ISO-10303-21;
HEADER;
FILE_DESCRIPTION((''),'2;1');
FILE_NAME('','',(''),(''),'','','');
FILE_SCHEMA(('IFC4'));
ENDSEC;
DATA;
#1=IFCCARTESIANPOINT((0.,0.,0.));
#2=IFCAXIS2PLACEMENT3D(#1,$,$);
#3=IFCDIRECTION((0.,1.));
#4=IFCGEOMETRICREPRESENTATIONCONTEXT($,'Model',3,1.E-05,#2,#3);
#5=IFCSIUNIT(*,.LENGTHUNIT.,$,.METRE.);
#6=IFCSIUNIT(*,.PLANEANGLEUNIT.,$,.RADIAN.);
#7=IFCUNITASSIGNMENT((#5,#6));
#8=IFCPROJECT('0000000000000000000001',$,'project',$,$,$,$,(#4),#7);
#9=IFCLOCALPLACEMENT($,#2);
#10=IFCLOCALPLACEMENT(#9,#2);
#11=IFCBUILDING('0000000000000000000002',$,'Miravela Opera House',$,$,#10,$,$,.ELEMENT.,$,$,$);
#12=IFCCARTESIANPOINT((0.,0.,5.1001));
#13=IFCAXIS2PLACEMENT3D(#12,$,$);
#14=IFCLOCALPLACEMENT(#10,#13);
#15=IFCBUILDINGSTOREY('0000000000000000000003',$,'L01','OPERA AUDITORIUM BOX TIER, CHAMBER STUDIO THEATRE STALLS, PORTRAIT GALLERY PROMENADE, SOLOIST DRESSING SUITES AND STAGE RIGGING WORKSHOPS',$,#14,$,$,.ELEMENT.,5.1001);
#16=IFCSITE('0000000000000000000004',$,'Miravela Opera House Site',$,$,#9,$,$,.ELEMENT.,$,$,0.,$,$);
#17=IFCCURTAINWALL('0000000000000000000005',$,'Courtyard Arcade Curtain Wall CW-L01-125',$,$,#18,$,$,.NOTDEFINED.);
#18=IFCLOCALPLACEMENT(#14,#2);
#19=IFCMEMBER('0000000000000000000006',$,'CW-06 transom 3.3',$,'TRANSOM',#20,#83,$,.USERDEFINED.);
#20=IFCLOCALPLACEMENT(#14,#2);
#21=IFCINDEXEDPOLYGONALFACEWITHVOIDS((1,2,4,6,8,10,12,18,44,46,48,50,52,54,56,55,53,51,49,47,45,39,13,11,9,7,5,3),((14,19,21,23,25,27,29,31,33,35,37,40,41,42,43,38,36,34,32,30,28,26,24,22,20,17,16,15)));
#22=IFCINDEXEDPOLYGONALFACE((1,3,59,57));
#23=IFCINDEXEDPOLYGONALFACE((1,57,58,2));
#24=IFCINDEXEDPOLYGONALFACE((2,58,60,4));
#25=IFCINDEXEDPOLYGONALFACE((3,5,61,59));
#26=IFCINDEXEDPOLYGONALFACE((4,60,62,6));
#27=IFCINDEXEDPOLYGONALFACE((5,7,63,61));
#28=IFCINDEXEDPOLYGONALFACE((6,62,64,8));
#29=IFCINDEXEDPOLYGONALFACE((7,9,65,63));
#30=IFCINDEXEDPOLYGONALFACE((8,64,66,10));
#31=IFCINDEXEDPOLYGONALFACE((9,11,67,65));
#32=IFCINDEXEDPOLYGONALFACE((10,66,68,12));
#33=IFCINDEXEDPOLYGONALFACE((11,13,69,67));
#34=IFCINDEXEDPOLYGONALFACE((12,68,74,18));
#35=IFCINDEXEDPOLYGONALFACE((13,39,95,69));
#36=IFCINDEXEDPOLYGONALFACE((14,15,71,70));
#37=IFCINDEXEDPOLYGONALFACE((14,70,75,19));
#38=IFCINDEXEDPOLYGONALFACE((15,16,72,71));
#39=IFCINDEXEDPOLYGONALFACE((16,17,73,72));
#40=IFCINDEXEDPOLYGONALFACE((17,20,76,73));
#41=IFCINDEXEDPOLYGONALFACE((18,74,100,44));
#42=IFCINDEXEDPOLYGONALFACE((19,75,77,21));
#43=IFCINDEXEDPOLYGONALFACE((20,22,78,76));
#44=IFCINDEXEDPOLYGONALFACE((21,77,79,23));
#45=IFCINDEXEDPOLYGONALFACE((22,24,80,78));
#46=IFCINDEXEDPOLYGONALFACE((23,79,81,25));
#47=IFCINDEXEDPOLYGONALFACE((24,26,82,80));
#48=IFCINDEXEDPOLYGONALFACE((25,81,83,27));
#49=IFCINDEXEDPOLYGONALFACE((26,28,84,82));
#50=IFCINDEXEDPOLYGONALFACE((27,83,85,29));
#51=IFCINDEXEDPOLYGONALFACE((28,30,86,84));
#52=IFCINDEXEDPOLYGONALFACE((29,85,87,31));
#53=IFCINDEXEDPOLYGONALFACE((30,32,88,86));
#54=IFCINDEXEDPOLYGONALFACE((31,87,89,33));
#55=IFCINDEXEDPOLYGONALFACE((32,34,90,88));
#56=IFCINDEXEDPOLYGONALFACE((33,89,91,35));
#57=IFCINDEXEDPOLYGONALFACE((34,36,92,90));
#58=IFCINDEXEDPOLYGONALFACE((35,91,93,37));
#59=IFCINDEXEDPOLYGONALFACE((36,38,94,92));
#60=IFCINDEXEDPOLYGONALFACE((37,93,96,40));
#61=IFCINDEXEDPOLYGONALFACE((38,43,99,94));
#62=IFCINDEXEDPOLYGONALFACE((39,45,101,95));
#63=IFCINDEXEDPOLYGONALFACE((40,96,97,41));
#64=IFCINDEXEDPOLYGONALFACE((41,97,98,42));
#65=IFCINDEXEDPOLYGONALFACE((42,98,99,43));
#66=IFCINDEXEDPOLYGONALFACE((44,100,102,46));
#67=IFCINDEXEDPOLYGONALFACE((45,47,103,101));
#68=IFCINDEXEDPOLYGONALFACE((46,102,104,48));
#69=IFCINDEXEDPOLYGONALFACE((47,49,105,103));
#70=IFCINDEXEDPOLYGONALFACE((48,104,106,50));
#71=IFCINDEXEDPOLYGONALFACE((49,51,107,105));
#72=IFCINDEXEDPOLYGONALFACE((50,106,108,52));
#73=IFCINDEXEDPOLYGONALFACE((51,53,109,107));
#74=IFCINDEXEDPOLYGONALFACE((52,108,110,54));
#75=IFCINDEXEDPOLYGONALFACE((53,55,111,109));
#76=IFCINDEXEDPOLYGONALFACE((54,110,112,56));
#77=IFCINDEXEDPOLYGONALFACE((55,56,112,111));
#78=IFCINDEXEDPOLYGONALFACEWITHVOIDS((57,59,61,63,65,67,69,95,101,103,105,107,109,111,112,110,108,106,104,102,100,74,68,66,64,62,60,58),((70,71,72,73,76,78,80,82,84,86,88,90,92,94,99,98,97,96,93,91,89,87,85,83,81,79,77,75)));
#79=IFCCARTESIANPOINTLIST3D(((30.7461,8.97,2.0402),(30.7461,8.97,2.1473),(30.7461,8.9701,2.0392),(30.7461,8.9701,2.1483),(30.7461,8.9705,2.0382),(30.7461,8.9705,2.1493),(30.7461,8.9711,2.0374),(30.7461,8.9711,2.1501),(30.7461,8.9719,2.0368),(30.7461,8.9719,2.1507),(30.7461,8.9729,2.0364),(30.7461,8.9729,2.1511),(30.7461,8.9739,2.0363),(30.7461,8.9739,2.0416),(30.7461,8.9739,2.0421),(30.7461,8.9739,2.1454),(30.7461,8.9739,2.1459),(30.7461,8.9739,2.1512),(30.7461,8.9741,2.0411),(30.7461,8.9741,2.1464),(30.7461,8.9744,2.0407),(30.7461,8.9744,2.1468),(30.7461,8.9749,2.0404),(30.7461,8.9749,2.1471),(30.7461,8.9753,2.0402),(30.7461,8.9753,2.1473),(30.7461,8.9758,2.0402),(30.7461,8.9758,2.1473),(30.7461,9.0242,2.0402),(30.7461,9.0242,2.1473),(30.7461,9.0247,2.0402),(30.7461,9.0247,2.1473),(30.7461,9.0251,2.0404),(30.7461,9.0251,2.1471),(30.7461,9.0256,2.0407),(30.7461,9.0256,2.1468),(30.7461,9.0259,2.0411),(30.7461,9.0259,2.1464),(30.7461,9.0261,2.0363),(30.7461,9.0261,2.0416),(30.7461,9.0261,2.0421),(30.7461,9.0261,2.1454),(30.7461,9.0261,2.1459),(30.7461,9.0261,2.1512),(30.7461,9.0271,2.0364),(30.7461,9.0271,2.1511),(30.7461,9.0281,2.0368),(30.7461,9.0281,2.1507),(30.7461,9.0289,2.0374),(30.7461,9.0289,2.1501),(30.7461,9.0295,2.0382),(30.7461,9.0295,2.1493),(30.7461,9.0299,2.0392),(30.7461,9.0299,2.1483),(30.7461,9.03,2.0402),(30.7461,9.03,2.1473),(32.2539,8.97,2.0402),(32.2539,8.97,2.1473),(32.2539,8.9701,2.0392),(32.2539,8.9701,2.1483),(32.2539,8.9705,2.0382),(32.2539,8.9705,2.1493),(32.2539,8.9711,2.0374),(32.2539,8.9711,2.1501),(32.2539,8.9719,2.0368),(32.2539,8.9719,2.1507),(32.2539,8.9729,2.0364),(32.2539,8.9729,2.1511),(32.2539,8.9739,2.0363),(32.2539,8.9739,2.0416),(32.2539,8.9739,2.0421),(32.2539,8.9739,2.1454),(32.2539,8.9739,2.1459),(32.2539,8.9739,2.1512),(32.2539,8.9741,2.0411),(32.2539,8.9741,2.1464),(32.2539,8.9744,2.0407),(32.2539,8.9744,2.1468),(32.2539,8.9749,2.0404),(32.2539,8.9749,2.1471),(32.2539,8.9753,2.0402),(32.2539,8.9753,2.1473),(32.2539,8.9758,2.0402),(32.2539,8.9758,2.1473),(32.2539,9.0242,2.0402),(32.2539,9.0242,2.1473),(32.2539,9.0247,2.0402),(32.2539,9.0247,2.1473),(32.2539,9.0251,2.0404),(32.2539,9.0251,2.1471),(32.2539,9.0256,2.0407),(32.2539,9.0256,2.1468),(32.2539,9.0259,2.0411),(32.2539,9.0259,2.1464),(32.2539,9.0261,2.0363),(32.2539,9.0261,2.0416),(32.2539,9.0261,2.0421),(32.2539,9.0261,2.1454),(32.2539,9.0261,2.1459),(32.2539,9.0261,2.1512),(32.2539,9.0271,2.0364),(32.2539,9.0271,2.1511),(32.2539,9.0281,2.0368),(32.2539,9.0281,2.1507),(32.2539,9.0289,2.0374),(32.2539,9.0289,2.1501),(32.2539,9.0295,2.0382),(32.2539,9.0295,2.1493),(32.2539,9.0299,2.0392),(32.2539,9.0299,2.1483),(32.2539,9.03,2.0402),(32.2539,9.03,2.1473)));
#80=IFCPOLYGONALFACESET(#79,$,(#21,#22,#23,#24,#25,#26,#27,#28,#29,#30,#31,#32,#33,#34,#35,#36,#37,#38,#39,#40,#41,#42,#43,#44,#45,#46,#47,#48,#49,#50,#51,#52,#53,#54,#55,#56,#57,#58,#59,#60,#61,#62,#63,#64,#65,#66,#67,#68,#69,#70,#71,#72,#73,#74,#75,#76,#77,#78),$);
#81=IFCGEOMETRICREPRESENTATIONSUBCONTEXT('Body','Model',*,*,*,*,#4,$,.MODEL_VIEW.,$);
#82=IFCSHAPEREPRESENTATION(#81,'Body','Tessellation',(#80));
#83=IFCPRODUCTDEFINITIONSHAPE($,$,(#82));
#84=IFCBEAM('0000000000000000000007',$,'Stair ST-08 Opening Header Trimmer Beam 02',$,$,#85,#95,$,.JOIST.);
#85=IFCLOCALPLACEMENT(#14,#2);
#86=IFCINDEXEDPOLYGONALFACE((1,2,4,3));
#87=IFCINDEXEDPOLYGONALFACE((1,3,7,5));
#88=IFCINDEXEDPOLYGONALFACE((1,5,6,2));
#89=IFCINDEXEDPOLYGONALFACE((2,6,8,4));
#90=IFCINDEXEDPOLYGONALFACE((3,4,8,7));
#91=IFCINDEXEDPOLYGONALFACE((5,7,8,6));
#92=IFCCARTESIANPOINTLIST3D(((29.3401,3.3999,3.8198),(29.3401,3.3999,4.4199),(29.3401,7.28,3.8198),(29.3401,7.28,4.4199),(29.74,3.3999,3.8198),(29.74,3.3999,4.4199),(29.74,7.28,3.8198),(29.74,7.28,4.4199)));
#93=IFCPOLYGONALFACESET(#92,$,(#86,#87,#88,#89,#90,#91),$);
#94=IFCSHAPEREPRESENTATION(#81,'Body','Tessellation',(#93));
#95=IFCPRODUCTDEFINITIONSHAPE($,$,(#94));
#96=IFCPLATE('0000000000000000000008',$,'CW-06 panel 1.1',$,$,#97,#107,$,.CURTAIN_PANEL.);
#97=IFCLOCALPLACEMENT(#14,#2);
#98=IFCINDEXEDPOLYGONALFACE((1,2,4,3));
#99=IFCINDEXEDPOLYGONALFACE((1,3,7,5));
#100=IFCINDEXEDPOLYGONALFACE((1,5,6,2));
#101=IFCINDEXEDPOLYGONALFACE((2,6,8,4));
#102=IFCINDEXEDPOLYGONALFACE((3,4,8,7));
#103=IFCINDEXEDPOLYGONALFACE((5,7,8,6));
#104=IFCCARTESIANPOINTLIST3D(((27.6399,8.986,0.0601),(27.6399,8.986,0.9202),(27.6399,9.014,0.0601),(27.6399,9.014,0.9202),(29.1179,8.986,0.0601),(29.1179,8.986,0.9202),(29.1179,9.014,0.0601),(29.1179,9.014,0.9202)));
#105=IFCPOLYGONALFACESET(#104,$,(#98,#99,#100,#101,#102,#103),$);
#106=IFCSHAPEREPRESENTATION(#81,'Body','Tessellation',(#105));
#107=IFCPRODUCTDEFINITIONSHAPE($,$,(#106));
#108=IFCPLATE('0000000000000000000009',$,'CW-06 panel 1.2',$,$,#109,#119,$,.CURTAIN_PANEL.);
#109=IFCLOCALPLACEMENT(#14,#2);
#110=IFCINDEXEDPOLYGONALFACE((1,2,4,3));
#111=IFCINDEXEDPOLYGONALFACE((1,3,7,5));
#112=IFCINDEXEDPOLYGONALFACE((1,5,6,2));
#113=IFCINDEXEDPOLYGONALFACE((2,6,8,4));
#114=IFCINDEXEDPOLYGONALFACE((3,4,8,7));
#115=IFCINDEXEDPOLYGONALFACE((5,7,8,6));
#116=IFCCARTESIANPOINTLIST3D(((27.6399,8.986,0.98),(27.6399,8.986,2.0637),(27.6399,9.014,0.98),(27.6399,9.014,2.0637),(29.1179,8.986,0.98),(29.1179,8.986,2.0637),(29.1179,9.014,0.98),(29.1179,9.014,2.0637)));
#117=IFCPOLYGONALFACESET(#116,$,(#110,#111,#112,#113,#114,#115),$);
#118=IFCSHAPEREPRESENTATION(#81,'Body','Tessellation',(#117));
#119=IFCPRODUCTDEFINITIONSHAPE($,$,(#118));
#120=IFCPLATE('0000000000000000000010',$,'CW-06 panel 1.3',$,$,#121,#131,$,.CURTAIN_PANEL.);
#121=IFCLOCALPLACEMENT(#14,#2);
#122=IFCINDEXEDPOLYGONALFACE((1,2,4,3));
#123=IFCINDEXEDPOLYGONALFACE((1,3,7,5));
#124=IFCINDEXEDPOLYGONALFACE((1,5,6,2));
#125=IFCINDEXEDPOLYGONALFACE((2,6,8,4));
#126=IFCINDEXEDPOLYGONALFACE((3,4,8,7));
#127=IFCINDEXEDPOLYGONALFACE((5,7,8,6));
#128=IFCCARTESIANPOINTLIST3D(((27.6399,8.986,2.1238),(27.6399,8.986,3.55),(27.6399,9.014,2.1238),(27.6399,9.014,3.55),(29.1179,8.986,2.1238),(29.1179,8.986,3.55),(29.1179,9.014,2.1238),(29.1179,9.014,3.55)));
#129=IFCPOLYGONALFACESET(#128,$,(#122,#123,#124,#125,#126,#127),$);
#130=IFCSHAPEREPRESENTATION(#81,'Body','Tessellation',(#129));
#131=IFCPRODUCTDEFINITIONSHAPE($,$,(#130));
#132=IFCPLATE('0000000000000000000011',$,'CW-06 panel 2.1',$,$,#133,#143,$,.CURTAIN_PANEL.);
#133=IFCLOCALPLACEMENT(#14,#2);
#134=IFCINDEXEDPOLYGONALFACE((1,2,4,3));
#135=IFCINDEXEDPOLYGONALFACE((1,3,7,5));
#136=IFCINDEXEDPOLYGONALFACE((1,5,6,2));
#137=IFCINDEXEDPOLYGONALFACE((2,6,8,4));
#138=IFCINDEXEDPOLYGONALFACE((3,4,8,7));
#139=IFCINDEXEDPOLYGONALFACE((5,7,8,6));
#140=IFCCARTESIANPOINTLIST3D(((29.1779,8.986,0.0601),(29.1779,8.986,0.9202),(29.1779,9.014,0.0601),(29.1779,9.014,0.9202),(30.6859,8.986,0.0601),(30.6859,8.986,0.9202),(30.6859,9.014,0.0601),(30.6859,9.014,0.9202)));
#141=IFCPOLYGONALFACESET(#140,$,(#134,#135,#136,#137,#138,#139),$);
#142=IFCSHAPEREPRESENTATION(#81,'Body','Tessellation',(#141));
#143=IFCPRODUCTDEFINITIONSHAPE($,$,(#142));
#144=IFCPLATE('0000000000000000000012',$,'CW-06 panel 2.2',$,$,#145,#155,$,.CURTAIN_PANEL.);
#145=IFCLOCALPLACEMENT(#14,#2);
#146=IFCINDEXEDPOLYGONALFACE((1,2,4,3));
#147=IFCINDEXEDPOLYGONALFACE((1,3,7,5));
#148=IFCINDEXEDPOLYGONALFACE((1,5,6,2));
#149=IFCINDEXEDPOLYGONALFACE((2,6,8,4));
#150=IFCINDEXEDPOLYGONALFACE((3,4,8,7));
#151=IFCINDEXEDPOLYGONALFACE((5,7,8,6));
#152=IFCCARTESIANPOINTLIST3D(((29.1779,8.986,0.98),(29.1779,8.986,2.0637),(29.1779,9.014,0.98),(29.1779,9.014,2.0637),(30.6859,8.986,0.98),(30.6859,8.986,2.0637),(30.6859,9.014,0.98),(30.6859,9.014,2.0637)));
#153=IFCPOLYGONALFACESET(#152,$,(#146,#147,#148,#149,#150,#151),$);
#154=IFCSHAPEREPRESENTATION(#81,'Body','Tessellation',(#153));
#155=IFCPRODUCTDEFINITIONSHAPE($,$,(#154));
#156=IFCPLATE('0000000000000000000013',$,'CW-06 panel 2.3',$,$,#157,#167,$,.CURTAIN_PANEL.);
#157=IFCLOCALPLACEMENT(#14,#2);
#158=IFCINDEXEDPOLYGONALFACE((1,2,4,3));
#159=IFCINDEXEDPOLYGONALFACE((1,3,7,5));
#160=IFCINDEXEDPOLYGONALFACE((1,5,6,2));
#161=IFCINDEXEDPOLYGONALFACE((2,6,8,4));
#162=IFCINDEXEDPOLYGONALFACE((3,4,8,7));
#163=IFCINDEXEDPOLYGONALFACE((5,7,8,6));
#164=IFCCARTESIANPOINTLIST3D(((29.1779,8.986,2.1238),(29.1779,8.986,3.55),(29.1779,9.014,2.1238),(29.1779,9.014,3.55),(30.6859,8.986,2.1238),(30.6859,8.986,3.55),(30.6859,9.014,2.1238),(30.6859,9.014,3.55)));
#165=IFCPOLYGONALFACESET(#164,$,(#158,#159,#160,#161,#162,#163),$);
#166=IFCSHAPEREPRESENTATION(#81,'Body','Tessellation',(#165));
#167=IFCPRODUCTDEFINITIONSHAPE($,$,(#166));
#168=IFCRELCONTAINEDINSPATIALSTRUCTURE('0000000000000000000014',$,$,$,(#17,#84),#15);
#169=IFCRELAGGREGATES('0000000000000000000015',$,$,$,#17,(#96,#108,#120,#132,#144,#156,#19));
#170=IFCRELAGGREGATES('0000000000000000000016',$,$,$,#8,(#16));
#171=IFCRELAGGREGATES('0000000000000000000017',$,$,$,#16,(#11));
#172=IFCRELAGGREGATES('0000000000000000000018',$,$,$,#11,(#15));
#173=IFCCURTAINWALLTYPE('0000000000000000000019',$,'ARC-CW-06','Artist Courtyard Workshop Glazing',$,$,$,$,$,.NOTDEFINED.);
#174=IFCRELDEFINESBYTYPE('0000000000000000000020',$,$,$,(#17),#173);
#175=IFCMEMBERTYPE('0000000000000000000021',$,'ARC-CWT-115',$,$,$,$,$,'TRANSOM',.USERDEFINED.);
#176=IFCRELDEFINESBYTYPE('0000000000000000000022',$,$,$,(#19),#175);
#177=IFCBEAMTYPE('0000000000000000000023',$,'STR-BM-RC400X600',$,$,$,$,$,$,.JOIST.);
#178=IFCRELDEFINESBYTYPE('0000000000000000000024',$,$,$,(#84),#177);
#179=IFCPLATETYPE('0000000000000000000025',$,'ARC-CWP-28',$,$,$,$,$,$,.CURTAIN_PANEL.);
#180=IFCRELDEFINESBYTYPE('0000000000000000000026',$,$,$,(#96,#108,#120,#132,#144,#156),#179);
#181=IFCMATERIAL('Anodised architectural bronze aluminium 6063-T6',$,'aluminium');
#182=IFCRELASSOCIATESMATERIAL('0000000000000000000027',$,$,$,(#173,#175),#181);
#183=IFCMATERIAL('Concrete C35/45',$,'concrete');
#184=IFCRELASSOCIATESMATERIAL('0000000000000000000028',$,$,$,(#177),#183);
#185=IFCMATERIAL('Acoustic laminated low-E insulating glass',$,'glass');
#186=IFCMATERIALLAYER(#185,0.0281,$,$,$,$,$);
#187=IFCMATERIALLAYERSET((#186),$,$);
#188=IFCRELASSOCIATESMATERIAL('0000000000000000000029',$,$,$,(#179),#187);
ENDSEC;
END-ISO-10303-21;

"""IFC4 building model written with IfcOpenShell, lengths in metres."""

from ifc_helpers import new_model, si_unit, direction, frame, origin, origin_2d, place, context, subcontext, project, spatial, rectangle, hollow_rectangle, extrude, material, layer, layer_set, material_profile, profile_set, type_object, element, aggregate, save


model = new_model("IFC4")

# Units and contexts
model_context = context("Model", 3, precision=1e-05, world=origin(), true_north=direction((0.0, 1.0)))
body_context = subcontext(model_context, "Body", "Model", "MODEL_VIEW")
ifc_project = project(units=[si_unit("LENGTHUNIT", "METRE"), si_unit("PLANEANGLEUNIT", "RADIAN")], contexts=[model_context])

# Site, building, storey
site_placement = place(None, origin())
site = spatial("IfcSite", under=ifc_project, at=site_placement, Name="Miravela Opera House Site", CompositionType="ELEMENT", RefElevation=0.0)
building_placement = place(site_placement, origin())
building = spatial("IfcBuilding", under=site, at=building_placement, Name="Miravela Opera House", CompositionType="ELEMENT")
storey_placement = place(building_placement, frame((0.0, 0.0, 5.1001)))
storey = spatial("IfcBuildingStorey", under=building, at=storey_placement, Name="L01", Description="OPERA AUDITORIUM BOX TIER, CHAMBER STUDIO THEATRE STALLS, PORTRAIT GALLERY PROMENADE, SOLOIST DRESSING SUITES AND STAGE RIGGING WORKSHOPS", CompositionType="ELEMENT", Elevation=5.1001)

# Curtain wall, member
ifc_material_1 = material(Name="Anodised architectural bronze aluminium 6063-T6", Category="aluminium")
curtain_wall_type = type_object("IfcCurtainWallType", Name="ARC-CW-06", Description="Artist Courtyard Workshop Glazing", PredefinedType="NOTDEFINED", material=ifc_material_1)
curtain_wall_placement = place(storey_placement, origin())
curtain_wall = element("IfcCurtainWall", 1, at=curtain_wall_placement, inside=storey, type_object=curtain_wall_type, Name="Courtyard Arcade Curtain Wall CW-L01-125", PredefinedType="NOTDEFINED")
ifc_material_profile_1 = material_profile(ifc_material_1, hollow_rectangle(XDim=0.0601, YDim=0.115, WallThickness=0.0039, InnerFilletRadius=0.002, OuterFilletRadius=0.0039, at=origin_2d()), Name="CWT-60X115")
ifc_profile_set_1 = profile_set([ifc_material_profile_1])
member_type_1 = type_object("IfcMemberType", Name="ARC-CWT-115", ElementType="TRANSOM", PredefinedType="USERDEFINED", material=ifc_profile_set_1)
member_1_placement = place(storey_placement, frame((30.7461, 9.0, 2.0938), z_axis=(1.0, 0.0, 0.0), x_axis=(0.0, 1.0, 0.0)))
member_1 = element("IfcMember", 2, at=member_1_placement, type_object=member_type_1, Name="CW-06 transom 3.3", ObjectType="TRANSOM", PredefinedType="USERDEFINED", context=body_context, shape_type="SweptSolid", body=[
    extrude(hollow_rectangle(XDim=0.0601, YDim=0.115, WallThickness=0.0039, InnerFilletRadius=0.002, OuterFilletRadius=0.0039, at=origin_2d()), origin(), (0.0, 0.0, 1.0), 1.5078),
])

# Beam
ifc_material_2 = material(Name="Concrete C35/45", Category="concrete")
ifc_material_profile_2 = material_profile(ifc_material_2, rectangle(XDim=0.3999, YDim=0.6001, at=origin_2d()), Name="RC-BM-400X600")
ifc_profile_set_2 = profile_set([ifc_material_profile_2])
beam_type = type_object("IfcBeamType", Name="STR-BM-RC400X600", PredefinedType="JOIST", material=ifc_profile_set_2)
beam_placement = place(storey_placement, frame((29.54, 3.3999, 4.1199), z_axis=(0.0, 1.0, 0.0), x_axis=(-1.0, 0.0, 0.0)))
element("IfcBeam", 3, at=beam_placement, inside=storey, type_object=beam_type, Name="Stair ST-08 Opening Header Trimmer Beam 02", PredefinedType="JOIST", context=body_context, shape_type="SweptSolid", body=[
    extrude(rectangle(XDim=0.3999, YDim=0.6001, at=origin_2d()), origin(), (0.0, 0.0, 1.0), 3.8801),
])

# Plates
ifc_material_3 = material(Name="Acoustic laminated low-E insulating glass", Category="glass")
ifc_layer = layer(ifc_material_3, 0.0281)
ifc_layer_set = layer_set([ifc_layer])
plate_type = type_object("IfcPlateType", Name="ARC-CWP-28", PredefinedType="CURTAIN_PANEL", material=ifc_layer_set)
plate_1_placement = place(storey_placement, frame((28.3789, 9.0, 0.0601), z_axis=(0.0, 0.0, 1.0), x_axis=(1.0, 0.0, 0.0)))
plate_1 = element("IfcPlate", 4, at=plate_1_placement, type_object=plate_type, Name="CW-06 panel 1.1", PredefinedType="CURTAIN_PANEL", context=body_context, shape_type="SweptSolid", body=[
    extrude(rectangle(XDim=1.478, YDim=0.0281, at=origin_2d()), origin(), (0.0, 0.0, 1.0), 0.8601),
])
plate_2_placement = place(storey_placement, frame((28.3789, 9.0, 0.98), z_axis=(0.0, 0.0, 1.0), x_axis=(1.0, 0.0, 0.0)))
plate_2 = element("IfcPlate", 5, at=plate_2_placement, type_object=plate_type, Name="CW-06 panel 1.2", PredefinedType="CURTAIN_PANEL", context=body_context, shape_type="SweptSolid", body=[
    extrude(rectangle(XDim=1.478, YDim=0.0281, at=origin_2d()), origin(), (0.0, 0.0, 1.0), 1.0837),
])
plate_3_placement = place(storey_placement, frame((28.3789, 9.0, 2.1238), z_axis=(0.0, 0.0, 1.0), x_axis=(1.0, 0.0, 0.0)))
plate_3 = element("IfcPlate", 6, at=plate_3_placement, type_object=plate_type, Name="CW-06 panel 1.3", PredefinedType="CURTAIN_PANEL", context=body_context, shape_type="SweptSolid", body=[
    extrude(rectangle(XDim=1.478, YDim=0.0281, at=origin_2d()), origin(), (0.0, 0.0, 1.0), 1.4263),
])
plate_4_placement = place(storey_placement, frame((29.9319, 9.0, 0.0601), z_axis=(0.0, 0.0, 1.0), x_axis=(1.0, 0.0, 0.0)))
plate_4 = element("IfcPlate", 7, at=plate_4_placement, type_object=plate_type, Name="CW-06 panel 2.1", PredefinedType="CURTAIN_PANEL", context=body_context, shape_type="SweptSolid", body=[
    extrude(rectangle(XDim=1.5081, YDim=0.0281, at=origin_2d()), origin(), (0.0, 0.0, 1.0), 0.8601),
])
plate_5_placement = place(storey_placement, frame((29.9319, 9.0, 0.98), z_axis=(0.0, 0.0, 1.0), x_axis=(1.0, 0.0, 0.0)))
plate_5 = element("IfcPlate", 8, at=plate_5_placement, type_object=plate_type, Name="CW-06 panel 2.2", PredefinedType="CURTAIN_PANEL", context=body_context, shape_type="SweptSolid", body=[
    extrude(rectangle(XDim=1.5081, YDim=0.0281, at=origin_2d()), origin(), (0.0, 0.0, 1.0), 1.0837),
])
plate_6_placement = place(storey_placement, frame((29.9319, 9.0, 2.1238), z_axis=(0.0, 0.0, 1.0), x_axis=(1.0, 0.0, 0.0)))
plate_6 = element("IfcPlate", 9, at=plate_6_placement, type_object=plate_type, Name="CW-06 panel 2.3", PredefinedType="CURTAIN_PANEL", context=body_context, shape_type="SweptSolid", body=[
    extrude(rectangle(XDim=1.5081, YDim=0.0281, at=origin_2d()), origin(), (0.0, 0.0, 1.0), 1.4263),
])
aggregate(curtain_wall, [plate_1, plate_2, plate_3, plate_4, plate_5, plate_6, member_1])

save(model, "model.ifc")
